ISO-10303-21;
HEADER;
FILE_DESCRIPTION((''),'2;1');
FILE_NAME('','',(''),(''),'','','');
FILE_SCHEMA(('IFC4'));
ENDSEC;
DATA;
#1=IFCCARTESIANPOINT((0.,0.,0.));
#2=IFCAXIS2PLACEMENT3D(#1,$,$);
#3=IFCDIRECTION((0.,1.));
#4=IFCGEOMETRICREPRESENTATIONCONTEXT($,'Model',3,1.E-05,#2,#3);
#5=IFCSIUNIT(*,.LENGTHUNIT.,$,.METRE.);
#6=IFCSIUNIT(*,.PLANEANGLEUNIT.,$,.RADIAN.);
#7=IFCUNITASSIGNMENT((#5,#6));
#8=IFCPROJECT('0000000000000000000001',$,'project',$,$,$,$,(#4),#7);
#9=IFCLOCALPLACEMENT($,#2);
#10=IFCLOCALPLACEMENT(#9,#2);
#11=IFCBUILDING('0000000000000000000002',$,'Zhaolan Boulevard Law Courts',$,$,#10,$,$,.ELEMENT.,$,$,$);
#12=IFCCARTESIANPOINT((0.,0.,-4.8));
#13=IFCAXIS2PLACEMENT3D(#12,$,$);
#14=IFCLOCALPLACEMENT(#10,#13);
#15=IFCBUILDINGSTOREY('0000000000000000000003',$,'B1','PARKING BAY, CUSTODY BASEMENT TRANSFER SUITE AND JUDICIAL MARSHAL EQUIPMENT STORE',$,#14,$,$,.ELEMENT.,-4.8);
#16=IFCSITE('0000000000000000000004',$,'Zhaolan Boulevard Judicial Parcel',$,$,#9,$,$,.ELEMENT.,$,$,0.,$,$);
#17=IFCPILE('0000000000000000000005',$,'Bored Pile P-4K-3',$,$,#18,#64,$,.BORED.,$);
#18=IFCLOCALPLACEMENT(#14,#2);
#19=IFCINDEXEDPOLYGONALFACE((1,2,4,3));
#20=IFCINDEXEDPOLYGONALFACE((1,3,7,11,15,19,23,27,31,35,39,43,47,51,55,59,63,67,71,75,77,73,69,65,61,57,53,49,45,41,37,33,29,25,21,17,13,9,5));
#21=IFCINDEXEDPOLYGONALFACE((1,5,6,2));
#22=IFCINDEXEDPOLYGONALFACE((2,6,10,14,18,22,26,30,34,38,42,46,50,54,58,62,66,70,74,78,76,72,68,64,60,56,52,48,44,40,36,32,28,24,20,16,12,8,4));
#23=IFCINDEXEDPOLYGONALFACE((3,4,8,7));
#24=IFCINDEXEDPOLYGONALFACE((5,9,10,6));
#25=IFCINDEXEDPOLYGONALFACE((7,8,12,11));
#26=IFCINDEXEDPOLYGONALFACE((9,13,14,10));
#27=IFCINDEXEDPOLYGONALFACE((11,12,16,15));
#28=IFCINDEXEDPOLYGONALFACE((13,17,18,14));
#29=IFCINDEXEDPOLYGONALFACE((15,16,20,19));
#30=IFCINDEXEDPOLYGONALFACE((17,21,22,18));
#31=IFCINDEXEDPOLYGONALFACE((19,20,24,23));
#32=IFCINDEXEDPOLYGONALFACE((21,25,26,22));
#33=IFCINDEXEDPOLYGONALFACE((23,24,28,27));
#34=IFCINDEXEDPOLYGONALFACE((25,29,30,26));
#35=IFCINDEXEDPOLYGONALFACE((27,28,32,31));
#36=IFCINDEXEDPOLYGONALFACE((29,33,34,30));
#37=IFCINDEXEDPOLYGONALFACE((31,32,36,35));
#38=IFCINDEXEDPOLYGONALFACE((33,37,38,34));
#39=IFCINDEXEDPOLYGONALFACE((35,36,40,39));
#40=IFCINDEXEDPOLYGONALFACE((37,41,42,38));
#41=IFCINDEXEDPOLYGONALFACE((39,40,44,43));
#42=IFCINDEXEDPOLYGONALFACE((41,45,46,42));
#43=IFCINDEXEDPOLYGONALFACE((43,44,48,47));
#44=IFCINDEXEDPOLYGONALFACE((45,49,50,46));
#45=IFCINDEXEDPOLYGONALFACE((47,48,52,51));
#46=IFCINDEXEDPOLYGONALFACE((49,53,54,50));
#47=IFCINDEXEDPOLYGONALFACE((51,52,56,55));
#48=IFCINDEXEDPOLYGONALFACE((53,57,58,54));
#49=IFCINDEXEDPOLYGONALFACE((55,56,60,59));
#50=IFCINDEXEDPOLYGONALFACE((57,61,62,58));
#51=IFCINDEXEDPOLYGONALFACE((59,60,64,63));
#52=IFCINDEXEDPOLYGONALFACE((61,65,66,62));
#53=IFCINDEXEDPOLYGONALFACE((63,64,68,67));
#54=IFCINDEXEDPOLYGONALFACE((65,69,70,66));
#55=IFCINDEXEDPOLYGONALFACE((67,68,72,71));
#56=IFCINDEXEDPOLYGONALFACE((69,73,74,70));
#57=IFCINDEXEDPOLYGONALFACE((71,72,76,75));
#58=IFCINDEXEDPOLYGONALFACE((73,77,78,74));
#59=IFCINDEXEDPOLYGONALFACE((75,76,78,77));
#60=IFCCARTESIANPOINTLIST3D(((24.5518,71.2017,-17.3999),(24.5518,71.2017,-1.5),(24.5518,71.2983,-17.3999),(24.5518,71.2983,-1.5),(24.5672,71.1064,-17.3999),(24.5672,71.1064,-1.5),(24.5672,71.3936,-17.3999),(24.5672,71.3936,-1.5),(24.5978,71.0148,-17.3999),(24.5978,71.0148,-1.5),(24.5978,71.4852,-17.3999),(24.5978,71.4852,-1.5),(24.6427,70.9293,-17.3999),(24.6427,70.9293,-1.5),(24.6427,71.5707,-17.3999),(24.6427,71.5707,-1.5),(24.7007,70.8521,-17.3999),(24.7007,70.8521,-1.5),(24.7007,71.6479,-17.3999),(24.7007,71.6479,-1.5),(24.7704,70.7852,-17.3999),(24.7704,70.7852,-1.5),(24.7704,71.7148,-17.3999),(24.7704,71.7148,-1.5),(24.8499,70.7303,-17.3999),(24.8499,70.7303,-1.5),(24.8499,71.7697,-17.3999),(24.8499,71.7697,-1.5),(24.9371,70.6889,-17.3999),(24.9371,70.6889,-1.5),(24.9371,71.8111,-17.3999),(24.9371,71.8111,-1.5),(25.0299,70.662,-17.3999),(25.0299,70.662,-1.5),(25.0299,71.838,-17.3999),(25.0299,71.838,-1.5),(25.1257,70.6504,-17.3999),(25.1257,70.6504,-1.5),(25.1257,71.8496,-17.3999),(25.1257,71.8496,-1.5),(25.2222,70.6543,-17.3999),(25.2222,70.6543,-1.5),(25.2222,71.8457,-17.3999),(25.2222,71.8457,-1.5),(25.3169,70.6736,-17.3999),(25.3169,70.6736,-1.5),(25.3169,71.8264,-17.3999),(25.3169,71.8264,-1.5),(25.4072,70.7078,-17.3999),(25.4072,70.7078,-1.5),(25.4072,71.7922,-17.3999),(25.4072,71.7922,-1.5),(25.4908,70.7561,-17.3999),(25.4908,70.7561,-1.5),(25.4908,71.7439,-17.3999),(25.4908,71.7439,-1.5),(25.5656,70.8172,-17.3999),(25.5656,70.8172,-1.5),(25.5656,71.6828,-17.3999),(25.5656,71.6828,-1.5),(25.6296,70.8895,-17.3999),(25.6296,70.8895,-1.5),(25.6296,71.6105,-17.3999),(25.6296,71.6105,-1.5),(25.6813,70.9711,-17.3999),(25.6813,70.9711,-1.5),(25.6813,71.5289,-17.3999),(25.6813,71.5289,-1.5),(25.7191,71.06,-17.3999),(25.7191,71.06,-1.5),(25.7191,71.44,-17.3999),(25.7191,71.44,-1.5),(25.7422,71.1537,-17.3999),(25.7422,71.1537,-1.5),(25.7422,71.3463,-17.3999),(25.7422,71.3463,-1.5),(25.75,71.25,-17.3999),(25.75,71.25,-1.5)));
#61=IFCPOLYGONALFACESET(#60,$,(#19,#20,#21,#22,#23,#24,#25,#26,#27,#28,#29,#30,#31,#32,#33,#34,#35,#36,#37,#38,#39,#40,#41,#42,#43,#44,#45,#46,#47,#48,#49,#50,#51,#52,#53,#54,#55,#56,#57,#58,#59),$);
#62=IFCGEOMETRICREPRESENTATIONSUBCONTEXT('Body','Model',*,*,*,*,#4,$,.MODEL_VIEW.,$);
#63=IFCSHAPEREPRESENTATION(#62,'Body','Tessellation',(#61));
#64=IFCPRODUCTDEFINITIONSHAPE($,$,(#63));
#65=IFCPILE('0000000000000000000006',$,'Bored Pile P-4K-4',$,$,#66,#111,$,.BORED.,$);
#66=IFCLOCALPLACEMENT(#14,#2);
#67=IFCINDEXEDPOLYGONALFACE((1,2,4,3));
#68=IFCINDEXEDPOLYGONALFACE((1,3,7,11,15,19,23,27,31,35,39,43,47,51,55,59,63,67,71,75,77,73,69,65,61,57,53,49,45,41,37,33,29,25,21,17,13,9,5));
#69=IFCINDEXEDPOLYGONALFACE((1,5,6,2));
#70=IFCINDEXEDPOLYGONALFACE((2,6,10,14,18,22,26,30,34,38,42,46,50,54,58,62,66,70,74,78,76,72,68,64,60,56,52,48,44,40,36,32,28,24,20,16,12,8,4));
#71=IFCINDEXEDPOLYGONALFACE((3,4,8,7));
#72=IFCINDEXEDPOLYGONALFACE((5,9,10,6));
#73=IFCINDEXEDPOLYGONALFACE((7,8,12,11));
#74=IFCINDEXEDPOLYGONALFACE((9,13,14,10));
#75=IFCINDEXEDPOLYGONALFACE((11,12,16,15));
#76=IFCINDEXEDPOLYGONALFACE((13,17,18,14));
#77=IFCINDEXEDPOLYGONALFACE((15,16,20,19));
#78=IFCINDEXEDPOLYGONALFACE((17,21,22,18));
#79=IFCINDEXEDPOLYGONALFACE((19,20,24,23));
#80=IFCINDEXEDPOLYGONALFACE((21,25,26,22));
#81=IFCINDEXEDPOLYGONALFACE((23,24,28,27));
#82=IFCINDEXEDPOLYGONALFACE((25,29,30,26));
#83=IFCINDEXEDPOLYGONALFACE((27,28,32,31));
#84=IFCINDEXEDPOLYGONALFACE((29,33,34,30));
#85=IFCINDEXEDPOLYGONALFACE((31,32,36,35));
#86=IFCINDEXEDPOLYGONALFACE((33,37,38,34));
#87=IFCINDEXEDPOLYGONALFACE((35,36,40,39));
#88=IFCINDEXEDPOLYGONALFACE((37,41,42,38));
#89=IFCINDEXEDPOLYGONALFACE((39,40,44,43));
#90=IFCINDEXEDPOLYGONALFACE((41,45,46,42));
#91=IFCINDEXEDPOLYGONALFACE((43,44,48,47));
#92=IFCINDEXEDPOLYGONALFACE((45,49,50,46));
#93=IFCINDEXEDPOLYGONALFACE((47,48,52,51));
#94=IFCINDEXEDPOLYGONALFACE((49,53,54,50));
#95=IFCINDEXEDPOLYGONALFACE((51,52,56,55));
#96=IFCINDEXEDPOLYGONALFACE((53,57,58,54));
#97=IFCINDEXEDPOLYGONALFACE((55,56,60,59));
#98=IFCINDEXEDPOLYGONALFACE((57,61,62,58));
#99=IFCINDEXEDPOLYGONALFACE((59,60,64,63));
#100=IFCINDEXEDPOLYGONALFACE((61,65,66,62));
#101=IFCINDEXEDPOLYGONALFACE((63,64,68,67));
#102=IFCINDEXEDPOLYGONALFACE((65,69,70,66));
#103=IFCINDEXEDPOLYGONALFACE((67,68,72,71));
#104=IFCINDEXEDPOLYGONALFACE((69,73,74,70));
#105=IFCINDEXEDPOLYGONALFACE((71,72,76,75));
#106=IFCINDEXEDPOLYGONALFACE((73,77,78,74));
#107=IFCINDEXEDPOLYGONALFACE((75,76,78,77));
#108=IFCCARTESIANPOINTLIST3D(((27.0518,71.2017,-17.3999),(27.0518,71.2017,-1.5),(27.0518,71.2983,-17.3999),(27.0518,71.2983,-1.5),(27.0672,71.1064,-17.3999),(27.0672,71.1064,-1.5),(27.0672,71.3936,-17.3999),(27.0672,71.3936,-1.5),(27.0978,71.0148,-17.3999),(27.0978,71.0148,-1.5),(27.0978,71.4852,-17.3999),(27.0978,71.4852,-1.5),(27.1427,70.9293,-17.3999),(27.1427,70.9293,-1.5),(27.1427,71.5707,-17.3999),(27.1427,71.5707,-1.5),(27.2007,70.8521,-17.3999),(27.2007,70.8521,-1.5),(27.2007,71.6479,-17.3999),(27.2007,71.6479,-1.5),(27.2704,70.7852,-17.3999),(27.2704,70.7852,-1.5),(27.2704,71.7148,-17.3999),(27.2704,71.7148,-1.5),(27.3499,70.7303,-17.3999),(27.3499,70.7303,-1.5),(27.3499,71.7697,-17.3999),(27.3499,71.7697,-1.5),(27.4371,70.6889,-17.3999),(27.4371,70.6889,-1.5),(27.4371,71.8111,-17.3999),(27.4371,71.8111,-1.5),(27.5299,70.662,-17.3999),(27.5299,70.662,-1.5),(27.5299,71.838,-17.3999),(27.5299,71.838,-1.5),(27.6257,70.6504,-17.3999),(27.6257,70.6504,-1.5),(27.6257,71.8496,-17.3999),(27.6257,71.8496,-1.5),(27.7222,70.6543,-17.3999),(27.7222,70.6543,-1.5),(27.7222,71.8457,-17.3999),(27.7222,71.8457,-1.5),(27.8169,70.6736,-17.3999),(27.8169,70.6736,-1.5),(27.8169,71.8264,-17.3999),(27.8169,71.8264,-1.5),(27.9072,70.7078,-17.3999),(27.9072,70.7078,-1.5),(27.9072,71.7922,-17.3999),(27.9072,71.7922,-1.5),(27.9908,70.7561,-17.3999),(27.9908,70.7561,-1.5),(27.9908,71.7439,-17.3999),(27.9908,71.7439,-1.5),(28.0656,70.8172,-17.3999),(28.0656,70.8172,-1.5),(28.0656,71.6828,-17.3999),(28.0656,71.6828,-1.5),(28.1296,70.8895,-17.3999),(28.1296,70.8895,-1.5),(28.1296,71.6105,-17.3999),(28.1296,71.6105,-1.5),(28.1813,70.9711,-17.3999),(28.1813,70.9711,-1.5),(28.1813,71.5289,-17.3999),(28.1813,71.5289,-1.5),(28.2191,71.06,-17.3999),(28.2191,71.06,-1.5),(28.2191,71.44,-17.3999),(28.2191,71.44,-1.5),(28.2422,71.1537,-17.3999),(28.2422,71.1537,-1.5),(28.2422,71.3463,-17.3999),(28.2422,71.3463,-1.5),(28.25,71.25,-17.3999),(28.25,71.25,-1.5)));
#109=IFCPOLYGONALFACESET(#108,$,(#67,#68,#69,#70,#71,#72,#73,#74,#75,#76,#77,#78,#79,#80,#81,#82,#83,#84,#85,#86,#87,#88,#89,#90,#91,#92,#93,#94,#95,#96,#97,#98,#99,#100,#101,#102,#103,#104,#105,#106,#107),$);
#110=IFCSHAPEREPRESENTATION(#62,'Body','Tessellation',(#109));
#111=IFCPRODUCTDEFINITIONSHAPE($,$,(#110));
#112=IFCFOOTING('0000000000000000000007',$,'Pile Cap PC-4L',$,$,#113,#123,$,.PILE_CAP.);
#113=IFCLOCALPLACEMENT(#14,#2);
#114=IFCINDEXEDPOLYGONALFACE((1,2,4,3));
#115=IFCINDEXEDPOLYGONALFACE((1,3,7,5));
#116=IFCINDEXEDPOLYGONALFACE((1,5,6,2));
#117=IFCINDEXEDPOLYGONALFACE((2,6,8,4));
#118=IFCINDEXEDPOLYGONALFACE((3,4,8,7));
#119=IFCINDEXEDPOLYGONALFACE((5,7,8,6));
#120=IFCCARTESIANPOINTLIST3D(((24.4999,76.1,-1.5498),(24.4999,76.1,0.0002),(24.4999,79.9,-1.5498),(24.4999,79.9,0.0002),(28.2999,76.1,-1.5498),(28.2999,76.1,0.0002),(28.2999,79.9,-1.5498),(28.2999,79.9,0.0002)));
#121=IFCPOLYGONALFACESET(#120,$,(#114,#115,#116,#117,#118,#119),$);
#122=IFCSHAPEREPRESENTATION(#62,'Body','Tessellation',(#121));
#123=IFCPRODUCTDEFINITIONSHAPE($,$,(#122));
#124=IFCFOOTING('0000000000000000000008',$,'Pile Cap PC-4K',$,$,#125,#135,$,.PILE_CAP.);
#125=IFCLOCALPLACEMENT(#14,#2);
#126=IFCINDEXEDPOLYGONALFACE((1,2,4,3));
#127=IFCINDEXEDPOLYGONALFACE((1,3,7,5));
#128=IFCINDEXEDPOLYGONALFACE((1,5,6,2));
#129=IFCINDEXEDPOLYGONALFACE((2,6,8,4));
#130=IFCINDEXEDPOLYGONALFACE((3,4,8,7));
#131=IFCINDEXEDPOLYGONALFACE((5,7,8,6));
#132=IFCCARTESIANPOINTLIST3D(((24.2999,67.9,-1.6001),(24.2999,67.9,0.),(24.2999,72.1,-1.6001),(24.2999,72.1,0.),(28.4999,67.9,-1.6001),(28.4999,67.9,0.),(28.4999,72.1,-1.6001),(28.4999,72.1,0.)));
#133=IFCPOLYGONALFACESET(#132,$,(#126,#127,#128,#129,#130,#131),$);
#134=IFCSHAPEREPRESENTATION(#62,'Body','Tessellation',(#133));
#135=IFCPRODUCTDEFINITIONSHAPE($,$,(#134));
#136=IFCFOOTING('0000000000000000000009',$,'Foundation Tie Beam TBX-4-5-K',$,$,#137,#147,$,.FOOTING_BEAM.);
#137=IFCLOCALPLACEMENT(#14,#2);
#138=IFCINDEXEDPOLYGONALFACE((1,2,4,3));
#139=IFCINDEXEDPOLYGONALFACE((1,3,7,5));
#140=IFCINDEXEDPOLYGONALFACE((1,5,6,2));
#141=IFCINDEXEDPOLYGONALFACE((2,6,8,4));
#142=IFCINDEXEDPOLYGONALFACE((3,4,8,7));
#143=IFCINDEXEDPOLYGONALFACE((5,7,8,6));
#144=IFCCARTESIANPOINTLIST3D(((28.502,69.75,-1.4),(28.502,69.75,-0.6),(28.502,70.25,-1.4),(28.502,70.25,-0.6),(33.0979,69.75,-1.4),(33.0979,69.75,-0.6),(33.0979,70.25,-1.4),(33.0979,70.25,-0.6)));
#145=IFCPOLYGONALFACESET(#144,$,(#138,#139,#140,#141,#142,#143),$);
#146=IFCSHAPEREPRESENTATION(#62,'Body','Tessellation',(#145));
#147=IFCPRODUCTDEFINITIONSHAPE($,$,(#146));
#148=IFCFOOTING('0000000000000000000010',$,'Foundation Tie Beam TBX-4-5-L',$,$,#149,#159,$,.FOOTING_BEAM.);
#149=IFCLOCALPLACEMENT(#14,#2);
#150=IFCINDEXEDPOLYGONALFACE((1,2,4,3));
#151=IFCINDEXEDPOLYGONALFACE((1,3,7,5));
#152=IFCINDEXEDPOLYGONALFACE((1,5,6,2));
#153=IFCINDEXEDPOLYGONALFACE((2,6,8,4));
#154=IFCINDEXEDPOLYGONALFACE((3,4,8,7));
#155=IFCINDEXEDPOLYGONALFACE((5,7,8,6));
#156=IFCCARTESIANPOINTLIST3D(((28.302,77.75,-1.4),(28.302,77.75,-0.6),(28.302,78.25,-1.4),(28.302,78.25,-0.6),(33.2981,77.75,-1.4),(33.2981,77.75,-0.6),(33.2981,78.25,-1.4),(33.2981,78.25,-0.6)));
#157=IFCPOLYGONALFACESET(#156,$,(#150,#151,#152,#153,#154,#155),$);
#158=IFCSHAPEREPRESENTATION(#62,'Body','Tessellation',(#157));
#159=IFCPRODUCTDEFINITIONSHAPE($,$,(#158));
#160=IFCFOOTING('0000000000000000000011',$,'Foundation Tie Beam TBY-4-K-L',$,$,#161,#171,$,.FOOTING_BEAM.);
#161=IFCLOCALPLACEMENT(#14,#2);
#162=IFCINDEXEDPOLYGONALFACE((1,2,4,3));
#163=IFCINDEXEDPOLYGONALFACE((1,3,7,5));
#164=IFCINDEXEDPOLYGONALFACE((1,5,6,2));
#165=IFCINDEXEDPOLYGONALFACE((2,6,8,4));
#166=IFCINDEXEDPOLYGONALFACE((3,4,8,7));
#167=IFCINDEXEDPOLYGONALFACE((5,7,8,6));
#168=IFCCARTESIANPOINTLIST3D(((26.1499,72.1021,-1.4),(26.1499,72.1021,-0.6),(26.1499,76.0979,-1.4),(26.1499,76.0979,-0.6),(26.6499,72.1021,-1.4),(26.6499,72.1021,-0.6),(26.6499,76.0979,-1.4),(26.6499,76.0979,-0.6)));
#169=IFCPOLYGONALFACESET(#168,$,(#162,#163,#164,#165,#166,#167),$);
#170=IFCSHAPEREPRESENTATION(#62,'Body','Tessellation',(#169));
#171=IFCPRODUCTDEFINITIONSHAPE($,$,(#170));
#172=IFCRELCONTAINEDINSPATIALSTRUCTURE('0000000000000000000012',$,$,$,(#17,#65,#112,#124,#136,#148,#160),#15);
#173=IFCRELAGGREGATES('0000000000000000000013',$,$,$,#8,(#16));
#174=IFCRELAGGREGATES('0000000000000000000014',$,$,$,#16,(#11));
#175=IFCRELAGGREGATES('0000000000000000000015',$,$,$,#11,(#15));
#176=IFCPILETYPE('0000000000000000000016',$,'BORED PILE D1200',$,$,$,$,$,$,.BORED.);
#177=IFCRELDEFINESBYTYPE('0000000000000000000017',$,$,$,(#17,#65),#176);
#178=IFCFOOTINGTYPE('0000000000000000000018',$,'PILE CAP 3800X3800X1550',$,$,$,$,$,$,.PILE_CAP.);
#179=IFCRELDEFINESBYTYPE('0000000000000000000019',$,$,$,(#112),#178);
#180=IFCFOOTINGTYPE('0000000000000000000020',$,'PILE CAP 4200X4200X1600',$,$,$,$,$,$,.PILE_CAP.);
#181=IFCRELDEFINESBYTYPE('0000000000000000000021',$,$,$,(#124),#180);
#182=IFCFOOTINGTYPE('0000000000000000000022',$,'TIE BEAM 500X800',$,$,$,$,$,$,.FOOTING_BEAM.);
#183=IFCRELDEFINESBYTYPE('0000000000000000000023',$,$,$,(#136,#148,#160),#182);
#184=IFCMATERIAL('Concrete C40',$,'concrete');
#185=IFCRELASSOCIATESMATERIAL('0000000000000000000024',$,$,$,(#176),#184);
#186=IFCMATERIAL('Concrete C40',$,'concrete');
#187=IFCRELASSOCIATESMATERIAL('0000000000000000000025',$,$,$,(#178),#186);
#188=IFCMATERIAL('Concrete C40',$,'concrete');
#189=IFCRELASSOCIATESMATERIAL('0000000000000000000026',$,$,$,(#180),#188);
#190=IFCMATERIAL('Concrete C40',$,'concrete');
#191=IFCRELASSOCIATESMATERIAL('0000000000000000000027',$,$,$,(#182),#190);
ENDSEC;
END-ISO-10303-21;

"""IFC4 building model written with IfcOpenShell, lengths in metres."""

from ifc_helpers import new_model, si_unit, direction, frame, origin, origin_2d, place, context, subcontext, project, spatial, rectangle, circle, extrude, material, material_profile, profile_set, type_object, element, save


model = new_model("IFC4")

# Units and contexts
model_context = context("Model", 3, precision=1e-05, world=origin(), true_north=direction((0.0, 1.0)))
body_context = subcontext(model_context, "Body", "Model", "MODEL_VIEW")
ifc_project = project(units=[si_unit("LENGTHUNIT", "METRE"), si_unit("PLANEANGLEUNIT", "RADIAN")], contexts=[model_context])

# Site, building, storey
site_placement = place(None, origin())
site = spatial("IfcSite", under=ifc_project, at=site_placement, Name="Zhaolan Boulevard Judicial Parcel", CompositionType="ELEMENT", RefElevation=0.0)
building_placement = place(site_placement, origin())
building = spatial("IfcBuilding", under=site, at=building_placement, Name="Zhaolan Boulevard Law Courts", CompositionType="ELEMENT")
storey_placement = place(building_placement, frame((0.0, 0.0, -4.8)))
storey = spatial("IfcBuildingStorey", under=building, at=storey_placement, Name="B1", Description="PARKING BAY, CUSTODY BASEMENT TRANSFER SUITE AND JUDICIAL MARSHAL EQUIPMENT STORE", CompositionType="ELEMENT", Elevation=-4.8)

# Piles
ifc_material_1 = material(Name="Concrete C40", Category="concrete")
ifc_material_profile_1 = material_profile(ifc_material_1, circle(Radius=0.6001, at=origin_2d()), Name="PILE-D1200")
ifc_profile_set_1 = profile_set([ifc_material_profile_1], Name="Concrete C40")
pile_type_1 = type_object("IfcPileType", Name="BORED PILE D1200", PredefinedType="BORED", material=ifc_profile_set_1)
for number, where, z_axis, x_axis, name in (
    (1, (25.1499, 71.25, -1.5), (0.0, 0.0, -1.0), (1.0, 0.0, 0.0), "Bored Pile P-4K-3"),
    (2, (27.6499, 71.25, -1.5), (0.0, 0.0, -1.0), (1.0, 0.0, 0.0), "Bored Pile P-4K-4"),
):
    element("IfcPile", number, at=place(storey_placement, frame(where, z_axis=z_axis, x_axis=x_axis)), inside=storey, type_object=pile_type_1, Name=name, PredefinedType="BORED", context=body_context, shape_type="SweptSolid", body=[
        extrude(circle(Radius=0.6001, at=origin_2d()), origin(), (0.0, 0.0, 1.0), 15.8999),
    ])

# Footings
ifc_material_2 = material(Name="Concrete C40", Category="concrete")
footing_type_1 = type_object("IfcFootingType", Name="PILE CAP 3800X3800X1550", PredefinedType="PILE_CAP", material=ifc_material_2)
footing_1_placement = place(storey_placement, frame((26.3999, 78.0, -1.5498), z_axis=(0.0, 0.0, 1.0), x_axis=(1.0, 0.0, 0.0)))
element("IfcFooting", 3, at=footing_1_placement, inside=storey, type_object=footing_type_1, Name="Pile Cap PC-4L", PredefinedType="PILE_CAP", context=body_context, shape_type="SweptSolid", body=[
    extrude(rectangle(XDim=3.8, YDim=3.8, at=origin_2d()), origin(), (0.0, 0.0, 1.0), 1.55),
])
ifc_material_3 = material(Name="Concrete C40", Category="concrete")
footing_type_2 = type_object("IfcFootingType", Name="PILE CAP 4200X4200X1600", PredefinedType="PILE_CAP", material=ifc_material_3)
footing_2_placement = place(storey_placement, frame((26.3999, 70.0, -1.6001), z_axis=(0.0, 0.0, 1.0), x_axis=(1.0, 0.0, 0.0)))
element("IfcFooting", 4, at=footing_2_placement, inside=storey, type_object=footing_type_2, Name="Pile Cap PC-4K", PredefinedType="PILE_CAP", context=body_context, shape_type="SweptSolid", body=[
    extrude(rectangle(XDim=4.2, YDim=4.2, at=origin_2d()), origin(), (0.0, 0.0, 1.0), 1.6001),
])
ifc_material_4 = material(Name="Concrete C40", Category="concrete")
ifc_material_profile_2 = material_profile(ifc_material_4, rectangle(XDim=0.5, YDim=0.8, at=origin_2d()), Name="RC500x800")
ifc_profile_set_2 = profile_set([ifc_material_profile_2], Name="Concrete C40")
footing_type_3 = type_object("IfcFootingType", Name="TIE BEAM 500X800", PredefinedType="FOOTING_BEAM", material=ifc_profile_set_2)
footing_3_placement = place(storey_placement, frame((28.502, 70.0, -1.0), z_axis=(1.0, 0.0, 0.0), x_axis=(0.0, 1.0, 0.0)))
element("IfcFooting", 5, at=footing_3_placement, inside=storey, type_object=footing_type_3, Name="Foundation Tie Beam TBX-4-5-K", PredefinedType="FOOTING_BEAM", context=body_context, shape_type="SweptSolid", body=[
    extrude(rectangle(XDim=0.5, YDim=0.8, at=origin_2d()), origin(), (0.0, 0.0, 1.0), 4.5959),
])
footing_4_placement = place(storey_placement, frame((28.302, 78.0, -1.0), z_axis=(1.0, 0.0, 0.0), x_axis=(0.0, 1.0, 0.0)))
element("IfcFooting", 6, at=footing_4_placement, inside=storey, type_object=footing_type_3, Name="Foundation Tie Beam TBX-4-5-L", PredefinedType="FOOTING_BEAM", context=body_context, shape_type="SweptSolid", body=[
    extrude(rectangle(XDim=0.5, YDim=0.8, at=origin_2d()), origin(), (0.0, 0.0, 1.0), 4.9961),
])
footing_5_placement = place(storey_placement, frame((26.3999, 72.1021, -1.0), z_axis=(0.0, 1.0, 0.0), x_axis=(-1.0, 0.0, 0.0)))
element("IfcFooting", 7, at=footing_5_placement, inside=storey, type_object=footing_type_3, Name="Foundation Tie Beam TBY-4-K-L", PredefinedType="FOOTING_BEAM", context=body_context, shape_type="SweptSolid", body=[
    extrude(rectangle(XDim=0.5, YDim=0.8, at=origin_2d()), origin(), (0.0, 0.0, 1.0), 3.9958),
])

save(model, "model.ifc")
